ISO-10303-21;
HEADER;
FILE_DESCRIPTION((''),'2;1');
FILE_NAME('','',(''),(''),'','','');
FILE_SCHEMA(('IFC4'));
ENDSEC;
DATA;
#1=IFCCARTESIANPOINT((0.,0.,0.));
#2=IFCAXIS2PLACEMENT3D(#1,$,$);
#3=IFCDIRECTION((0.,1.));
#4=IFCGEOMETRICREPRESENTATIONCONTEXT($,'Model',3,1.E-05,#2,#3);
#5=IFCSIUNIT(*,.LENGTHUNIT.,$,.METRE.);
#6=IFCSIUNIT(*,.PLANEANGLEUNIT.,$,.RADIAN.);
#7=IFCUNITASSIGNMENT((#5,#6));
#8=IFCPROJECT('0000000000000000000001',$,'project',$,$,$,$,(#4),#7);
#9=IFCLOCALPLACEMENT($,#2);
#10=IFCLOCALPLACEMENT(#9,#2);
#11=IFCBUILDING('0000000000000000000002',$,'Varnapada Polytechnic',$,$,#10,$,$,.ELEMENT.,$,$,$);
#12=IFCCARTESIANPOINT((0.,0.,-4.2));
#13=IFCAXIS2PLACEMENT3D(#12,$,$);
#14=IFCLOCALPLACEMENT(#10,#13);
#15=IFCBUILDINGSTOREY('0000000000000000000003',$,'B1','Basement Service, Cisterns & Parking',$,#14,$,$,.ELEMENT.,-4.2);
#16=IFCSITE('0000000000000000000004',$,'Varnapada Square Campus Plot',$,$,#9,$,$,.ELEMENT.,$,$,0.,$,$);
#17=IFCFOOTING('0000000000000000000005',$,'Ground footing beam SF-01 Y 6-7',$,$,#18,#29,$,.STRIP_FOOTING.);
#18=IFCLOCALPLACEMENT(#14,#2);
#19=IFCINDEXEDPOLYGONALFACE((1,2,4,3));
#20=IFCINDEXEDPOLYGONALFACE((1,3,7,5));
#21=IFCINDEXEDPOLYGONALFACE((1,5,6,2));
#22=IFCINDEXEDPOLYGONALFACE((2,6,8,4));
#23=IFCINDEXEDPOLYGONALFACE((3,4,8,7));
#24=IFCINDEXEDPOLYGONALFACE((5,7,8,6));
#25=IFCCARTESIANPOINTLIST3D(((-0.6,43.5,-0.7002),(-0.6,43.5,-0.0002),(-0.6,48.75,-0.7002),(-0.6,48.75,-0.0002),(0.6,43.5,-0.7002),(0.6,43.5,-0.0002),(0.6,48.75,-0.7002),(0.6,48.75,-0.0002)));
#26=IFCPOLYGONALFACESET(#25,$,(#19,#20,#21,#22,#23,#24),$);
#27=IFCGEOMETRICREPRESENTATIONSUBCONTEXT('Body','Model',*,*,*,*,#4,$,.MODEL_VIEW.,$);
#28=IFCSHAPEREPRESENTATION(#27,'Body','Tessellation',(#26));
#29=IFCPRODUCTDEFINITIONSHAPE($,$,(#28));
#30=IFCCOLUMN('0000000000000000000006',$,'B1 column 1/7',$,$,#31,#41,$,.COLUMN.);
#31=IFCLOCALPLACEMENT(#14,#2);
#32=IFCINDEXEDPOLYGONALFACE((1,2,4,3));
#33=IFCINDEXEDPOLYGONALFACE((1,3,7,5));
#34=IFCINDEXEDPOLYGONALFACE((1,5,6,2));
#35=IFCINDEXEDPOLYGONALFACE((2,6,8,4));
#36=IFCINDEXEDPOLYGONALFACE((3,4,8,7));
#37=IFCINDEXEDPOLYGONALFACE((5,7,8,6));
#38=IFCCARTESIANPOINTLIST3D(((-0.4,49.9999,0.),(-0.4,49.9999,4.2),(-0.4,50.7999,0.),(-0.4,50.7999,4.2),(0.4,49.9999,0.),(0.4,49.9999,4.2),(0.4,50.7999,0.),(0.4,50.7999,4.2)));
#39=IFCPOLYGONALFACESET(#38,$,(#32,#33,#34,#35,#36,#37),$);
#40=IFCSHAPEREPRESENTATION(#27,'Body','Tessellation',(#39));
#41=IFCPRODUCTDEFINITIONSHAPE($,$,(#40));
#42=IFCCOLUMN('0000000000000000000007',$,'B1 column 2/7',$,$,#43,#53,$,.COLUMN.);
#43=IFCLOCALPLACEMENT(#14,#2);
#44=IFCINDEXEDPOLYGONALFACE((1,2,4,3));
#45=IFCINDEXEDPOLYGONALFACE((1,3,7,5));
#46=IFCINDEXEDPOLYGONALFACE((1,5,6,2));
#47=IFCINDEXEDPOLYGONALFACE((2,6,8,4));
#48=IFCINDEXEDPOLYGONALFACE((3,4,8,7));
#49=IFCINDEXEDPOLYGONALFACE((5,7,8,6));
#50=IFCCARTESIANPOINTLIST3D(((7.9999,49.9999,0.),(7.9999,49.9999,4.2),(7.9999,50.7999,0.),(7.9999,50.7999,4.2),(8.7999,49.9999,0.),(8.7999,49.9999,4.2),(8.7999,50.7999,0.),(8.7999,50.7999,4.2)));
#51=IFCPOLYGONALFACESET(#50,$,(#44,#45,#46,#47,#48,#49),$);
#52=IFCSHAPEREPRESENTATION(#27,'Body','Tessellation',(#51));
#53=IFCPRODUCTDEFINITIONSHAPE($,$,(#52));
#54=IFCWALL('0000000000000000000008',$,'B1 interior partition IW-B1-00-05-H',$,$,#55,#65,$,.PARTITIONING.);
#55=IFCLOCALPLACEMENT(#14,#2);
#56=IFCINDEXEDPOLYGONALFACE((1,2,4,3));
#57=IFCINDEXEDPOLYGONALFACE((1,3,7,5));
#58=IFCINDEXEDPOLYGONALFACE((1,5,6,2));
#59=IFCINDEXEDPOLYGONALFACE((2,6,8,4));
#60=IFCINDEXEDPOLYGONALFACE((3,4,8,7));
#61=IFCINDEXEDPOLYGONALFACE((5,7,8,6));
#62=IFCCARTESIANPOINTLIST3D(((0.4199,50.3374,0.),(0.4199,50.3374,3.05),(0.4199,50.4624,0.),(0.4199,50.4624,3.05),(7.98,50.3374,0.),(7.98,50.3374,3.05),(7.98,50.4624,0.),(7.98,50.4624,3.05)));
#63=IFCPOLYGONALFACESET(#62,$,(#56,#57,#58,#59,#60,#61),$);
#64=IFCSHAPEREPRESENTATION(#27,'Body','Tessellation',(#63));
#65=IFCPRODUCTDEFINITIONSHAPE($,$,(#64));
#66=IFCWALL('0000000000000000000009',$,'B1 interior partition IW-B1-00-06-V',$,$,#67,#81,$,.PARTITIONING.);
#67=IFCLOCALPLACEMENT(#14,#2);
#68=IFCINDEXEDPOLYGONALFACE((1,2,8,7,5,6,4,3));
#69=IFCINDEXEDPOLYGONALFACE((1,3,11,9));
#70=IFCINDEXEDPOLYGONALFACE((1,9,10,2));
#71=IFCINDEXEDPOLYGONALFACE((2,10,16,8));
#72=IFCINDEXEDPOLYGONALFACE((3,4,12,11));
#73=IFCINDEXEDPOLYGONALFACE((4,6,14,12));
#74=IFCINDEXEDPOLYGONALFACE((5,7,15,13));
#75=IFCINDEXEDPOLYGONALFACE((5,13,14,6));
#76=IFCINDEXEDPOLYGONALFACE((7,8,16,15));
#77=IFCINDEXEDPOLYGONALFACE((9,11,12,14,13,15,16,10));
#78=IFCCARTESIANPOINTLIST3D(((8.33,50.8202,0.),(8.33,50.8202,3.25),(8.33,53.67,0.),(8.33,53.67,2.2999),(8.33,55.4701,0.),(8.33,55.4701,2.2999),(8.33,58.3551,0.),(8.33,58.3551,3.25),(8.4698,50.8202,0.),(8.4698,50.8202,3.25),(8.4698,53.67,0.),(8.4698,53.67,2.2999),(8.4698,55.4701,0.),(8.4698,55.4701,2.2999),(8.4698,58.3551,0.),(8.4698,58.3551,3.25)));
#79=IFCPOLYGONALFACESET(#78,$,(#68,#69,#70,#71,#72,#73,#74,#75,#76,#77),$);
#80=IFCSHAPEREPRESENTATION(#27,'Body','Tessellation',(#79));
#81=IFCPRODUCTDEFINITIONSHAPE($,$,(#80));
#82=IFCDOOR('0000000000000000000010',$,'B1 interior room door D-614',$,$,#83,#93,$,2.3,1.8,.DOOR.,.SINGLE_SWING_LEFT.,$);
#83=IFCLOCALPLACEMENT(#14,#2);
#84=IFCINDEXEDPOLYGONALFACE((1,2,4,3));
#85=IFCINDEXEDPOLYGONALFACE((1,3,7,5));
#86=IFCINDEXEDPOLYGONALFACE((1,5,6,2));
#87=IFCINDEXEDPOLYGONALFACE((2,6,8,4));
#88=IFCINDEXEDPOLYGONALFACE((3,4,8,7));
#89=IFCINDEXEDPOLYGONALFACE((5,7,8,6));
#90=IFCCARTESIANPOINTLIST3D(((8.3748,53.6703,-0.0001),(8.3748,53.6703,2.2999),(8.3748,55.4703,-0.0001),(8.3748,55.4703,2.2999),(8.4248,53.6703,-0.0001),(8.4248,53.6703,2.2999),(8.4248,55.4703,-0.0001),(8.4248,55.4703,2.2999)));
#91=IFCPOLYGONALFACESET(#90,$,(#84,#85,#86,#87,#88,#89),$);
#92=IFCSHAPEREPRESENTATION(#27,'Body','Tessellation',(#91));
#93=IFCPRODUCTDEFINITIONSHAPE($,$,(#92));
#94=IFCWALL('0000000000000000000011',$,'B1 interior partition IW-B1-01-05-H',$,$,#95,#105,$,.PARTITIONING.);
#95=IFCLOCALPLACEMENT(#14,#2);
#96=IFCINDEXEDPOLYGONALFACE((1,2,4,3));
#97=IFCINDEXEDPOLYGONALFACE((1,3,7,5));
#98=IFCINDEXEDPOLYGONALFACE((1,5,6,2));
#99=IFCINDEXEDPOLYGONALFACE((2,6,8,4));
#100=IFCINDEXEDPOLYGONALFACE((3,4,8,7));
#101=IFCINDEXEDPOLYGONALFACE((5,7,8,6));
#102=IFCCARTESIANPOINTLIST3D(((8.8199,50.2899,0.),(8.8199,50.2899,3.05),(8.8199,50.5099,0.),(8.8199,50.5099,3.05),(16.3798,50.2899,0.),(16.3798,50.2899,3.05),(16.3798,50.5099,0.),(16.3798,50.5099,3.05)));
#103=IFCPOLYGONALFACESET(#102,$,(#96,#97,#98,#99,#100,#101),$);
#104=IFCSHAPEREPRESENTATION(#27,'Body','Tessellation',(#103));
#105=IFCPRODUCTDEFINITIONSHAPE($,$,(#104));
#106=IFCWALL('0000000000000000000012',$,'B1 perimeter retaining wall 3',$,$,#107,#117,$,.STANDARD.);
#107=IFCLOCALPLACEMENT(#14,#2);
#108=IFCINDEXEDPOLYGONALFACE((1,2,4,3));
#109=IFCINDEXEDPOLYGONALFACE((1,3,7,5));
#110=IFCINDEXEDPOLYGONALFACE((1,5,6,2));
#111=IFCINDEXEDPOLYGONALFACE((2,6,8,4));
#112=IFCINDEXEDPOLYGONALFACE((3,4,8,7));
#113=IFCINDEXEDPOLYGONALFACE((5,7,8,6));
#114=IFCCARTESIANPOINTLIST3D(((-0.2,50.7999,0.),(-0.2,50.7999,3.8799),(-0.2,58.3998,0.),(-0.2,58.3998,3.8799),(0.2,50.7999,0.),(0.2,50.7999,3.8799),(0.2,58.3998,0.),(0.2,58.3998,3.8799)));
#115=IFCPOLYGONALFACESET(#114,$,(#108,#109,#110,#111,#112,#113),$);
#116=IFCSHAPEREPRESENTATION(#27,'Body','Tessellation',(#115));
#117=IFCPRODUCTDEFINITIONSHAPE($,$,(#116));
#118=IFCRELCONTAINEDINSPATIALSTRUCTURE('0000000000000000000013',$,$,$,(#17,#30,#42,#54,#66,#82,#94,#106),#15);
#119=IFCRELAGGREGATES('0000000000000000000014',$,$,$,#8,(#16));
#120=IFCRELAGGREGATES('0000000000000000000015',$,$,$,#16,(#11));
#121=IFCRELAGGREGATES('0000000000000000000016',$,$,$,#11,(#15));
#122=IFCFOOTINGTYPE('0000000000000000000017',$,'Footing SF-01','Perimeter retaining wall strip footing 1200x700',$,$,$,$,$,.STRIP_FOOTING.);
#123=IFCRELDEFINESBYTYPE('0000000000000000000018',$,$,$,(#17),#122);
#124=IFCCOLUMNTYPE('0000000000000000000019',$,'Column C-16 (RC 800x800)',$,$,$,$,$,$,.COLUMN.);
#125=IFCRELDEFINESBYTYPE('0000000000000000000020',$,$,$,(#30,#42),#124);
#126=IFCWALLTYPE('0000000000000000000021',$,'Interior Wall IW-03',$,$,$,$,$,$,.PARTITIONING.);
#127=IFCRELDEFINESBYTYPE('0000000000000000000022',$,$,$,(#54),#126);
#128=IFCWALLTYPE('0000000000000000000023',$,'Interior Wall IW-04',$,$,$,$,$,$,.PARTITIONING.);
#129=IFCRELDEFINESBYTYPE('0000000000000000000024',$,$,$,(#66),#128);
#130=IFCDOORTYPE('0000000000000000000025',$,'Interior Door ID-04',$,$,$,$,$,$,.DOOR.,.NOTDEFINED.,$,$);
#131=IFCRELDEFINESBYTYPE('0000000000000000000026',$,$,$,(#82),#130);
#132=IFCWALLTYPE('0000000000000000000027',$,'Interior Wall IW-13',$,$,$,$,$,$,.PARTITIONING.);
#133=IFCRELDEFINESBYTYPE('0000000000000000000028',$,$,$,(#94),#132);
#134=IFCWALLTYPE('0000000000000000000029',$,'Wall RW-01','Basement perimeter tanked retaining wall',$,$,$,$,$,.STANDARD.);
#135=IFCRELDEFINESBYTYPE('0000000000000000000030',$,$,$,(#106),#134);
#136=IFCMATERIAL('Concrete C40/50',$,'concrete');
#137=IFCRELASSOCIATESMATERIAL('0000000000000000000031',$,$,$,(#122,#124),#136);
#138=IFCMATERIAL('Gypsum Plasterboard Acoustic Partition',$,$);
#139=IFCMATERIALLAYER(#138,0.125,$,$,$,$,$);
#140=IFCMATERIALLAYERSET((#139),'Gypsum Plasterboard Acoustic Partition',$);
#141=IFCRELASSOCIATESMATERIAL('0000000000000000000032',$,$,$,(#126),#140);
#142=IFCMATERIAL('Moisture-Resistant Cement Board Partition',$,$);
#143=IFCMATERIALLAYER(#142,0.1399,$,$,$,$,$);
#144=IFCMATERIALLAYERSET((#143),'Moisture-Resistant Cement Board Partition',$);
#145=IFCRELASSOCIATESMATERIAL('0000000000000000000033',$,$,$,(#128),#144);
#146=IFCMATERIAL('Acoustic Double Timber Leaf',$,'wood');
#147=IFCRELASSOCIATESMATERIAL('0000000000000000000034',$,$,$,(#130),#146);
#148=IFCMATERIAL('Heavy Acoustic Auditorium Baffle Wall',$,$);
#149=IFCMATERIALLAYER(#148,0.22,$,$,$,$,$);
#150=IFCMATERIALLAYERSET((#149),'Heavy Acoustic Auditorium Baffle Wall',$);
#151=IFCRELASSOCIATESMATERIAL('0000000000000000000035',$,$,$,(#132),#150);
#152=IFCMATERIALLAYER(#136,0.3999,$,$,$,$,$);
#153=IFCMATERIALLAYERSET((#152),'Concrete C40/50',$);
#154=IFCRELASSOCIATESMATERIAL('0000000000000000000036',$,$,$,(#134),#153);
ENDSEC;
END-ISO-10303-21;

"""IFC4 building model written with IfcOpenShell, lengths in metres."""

from ifc_helpers import new_model, si_unit, direction, frame, frame_2d, origin, origin_2d, place, context, subcontext, project, spatial, rectangle, extrude, material, layer, layer_set, material_profile, profile_set, type_object, element, fill, save


model = new_model("IFC4")

# Units and contexts
model_context = context("Model", 3, precision=1e-05, world=origin(), true_north=direction((0.0, 1.0)))
body_context = subcontext(model_context, "Body", "Model", "MODEL_VIEW")
ifc_project = project(units=[si_unit("LENGTHUNIT", "METRE"), si_unit("PLANEANGLEUNIT", "RADIAN")], contexts=[model_context])

# Site, building, storey
site_placement = place(None, origin())
site = spatial("IfcSite", under=ifc_project, at=site_placement, Name="Varnapada Square Campus Plot", CompositionType="ELEMENT", RefElevation=0.0)
building_placement = place(site_placement, origin())
building = spatial("IfcBuilding", under=site, at=building_placement, Name="Varnapada Polytechnic", CompositionType="ELEMENT")
storey_placement = place(building_placement, frame((0.0, 0.0, -4.2)))
storey = spatial("IfcBuildingStorey", under=building, at=storey_placement, Name="B1", Description="Basement Service, Cisterns & Parking", CompositionType="ELEMENT", Elevation=-4.2)

# Shared definitions
ifc_material_1 = material(Name="Concrete C40/50", Category="concrete")

# Footing
footing_type_1 = type_object("IfcFootingType", Name="Footing SF-01", Description="Perimeter retaining wall strip footing 1200x700", PredefinedType="STRIP_FOOTING", material=ifc_material_1)
footing_1_placement = place(storey_placement, frame((0.0, 46.125, -0.7002), z_axis=(0.0, 0.0, 1.0), x_axis=(0.0, 1.0, 0.0)))
element("IfcFooting", 1, at=footing_1_placement, inside=storey, type_object=footing_type_1, Name="Ground footing beam SF-01 Y 6-7", PredefinedType="STRIP_FOOTING", context=body_context, shape_type="SweptSolid", body=[
    extrude(rectangle(XDim=5.25, YDim=1.2, at=origin_2d()), origin(), (0.0, 0.0, 1.0), 0.7),
])

# Columns
ifc_material_profile_1 = material_profile(ifc_material_1, rectangle(XDim=0.8, YDim=0.8, at=origin_2d()), Name="RC 800x800")
ifc_profile_set_1 = profile_set([ifc_material_profile_1], Name="Concrete C40/50")
column_type = type_object("IfcColumnType", Name="Column C-16 (RC 800x800)", PredefinedType="COLUMN", material=ifc_profile_set_1)
for number, where, z_axis, x_axis, name in (
    (2, (0.0, 50.3999, 0.0), (0.0, 0.0, 1.0), (1.0, 0.0, 0.0), "B1 column 1/7"),
    (3, (8.3999, 50.3999, 0.0), (0.0, 0.0, 1.0), (1.0, 0.0, 0.0), "B1 column 2/7"),
):
    element("IfcColumn", number, at=place(storey_placement, frame(where, z_axis=z_axis, x_axis=x_axis)), inside=storey, type_object=column_type, Name=name, PredefinedType="COLUMN", context=body_context, shape_type="SweptSolid", body=[
        extrude(rectangle(XDim=0.8, YDim=0.8, at=origin_2d()), origin(), (0.0, 0.0, 1.0), 4.2),
    ])

# Wall
ifc_material_2 = material(Name="Gypsum Plasterboard Acoustic Partition")
ifc_layer_1 = layer(ifc_material_2, 0.125)
ifc_layer_set_1 = layer_set([ifc_layer_1], Name="Gypsum Plasterboard Acoustic Partition")
wall_type_1 = type_object("IfcWallType", Name="Interior Wall IW-03", PredefinedType="PARTITIONING", material=ifc_layer_set_1)
wall_1_placement = place(storey_placement, frame((0.4199, 50.3999, 0.0), z_axis=(0.0, 0.0, 1.0), x_axis=(1.0, 0.0, 0.0)))
element("IfcWall", 4, at=wall_1_placement, inside=storey, type_object=wall_type_1, Name="B1 interior partition IW-B1-00-05-H", PredefinedType="PARTITIONING", context=body_context, shape_type="SweptSolid", body=[
    extrude(rectangle(XDim=7.5601, YDim=0.125, at=frame_2d((3.78, 0.0))), origin(), (0.0, 0.0, 1.0), 3.05),
])

# Wall, opening, door
ifc_material_3 = material(Name="Moisture-Resistant Cement Board Partition")
ifc_layer_2 = layer(ifc_material_3, 0.1399)
ifc_layer_set_2 = layer_set([ifc_layer_2], Name="Moisture-Resistant Cement Board Partition")
wall_type_2 = type_object("IfcWallType", Name="Interior Wall IW-04", PredefinedType="PARTITIONING", material=ifc_layer_set_2)
wall_2_placement = place(storey_placement, frame((8.3999, 50.8201, 0.0), z_axis=(0.0, 0.0, 1.0), x_axis=(0.0, 1.0, 0.0)))
wall_2 = element("IfcWall", 5, at=wall_2_placement, inside=storey, type_object=wall_type_2, Name="B1 interior partition IW-B1-00-06-V", PredefinedType="PARTITIONING", context=body_context, shape_type="SweptSolid", body=[
    extrude(rectangle(XDim=7.5349, YDim=0.1399, at=frame_2d((3.7676, 0.0))), origin(), (0.0, 0.0, 1.0), 3.25),
])
opening_placement = place(wall_2_placement, frame((2.8501, 0.0, 0.0)))
opening = element("IfcOpeningElement", 6, at=opening_placement, cuts=wall_2, PredefinedType="OPENING", context=body_context, shape_type="SweptSolid", body=[
    extrude(rectangle(XDim=1.8, YDim=2.3, at=frame_2d((0.8999, 1.1499))), frame((0.0, 0.0798, 0.0), z_axis=(0.0, -1.0, 0.0), x_axis=(1.0, 0.0, 0.0)), (0.0, 0.0, 1.0), 0.1599),
])
ifc_material_4 = material(Name="Acoustic Double Timber Leaf", Category="wood")
door_type = type_object("IfcDoorType", Name="Interior Door ID-04", OperationType="NOTDEFINED", PredefinedType="DOOR", material=ifc_material_4)
door_placement = place(opening_placement, frame((1.8, 0.0, 0.0), z_axis=(0.0, 0.0, 1.0), x_axis=(-1.0, 0.0, 0.0)))
door = element("IfcDoor", 7, at=door_placement, inside=storey, type_object=door_type, Name="B1 interior room door D-614", OperationType="SINGLE_SWING_LEFT", OverallHeight=2.3, OverallWidth=1.8, PredefinedType="DOOR", context=body_context, shape_type="SweptSolid", body=[
    extrude(rectangle(XDim=1.8, YDim=2.3, at=frame_2d((0.8999, 1.1499))), frame((0.0, 0.0249, 0.0), z_axis=(0.0, -1.0, 0.0), x_axis=(1.0, 0.0, 0.0)), (0.0, 0.0, 1.0), 0.05),
])
fill(opening, door)

# Walls
ifc_material_5 = material(Name="Heavy Acoustic Auditorium Baffle Wall")
ifc_layer_3 = layer(ifc_material_5, 0.22)
ifc_layer_set_3 = layer_set([ifc_layer_3], Name="Heavy Acoustic Auditorium Baffle Wall")
wall_type_3 = type_object("IfcWallType", Name="Interior Wall IW-13", PredefinedType="PARTITIONING", material=ifc_layer_set_3)
wall_3_placement = place(storey_placement, frame((8.8201, 50.3999, 0.0), z_axis=(0.0, 0.0, 1.0), x_axis=(1.0, 0.0, 0.0)))
element("IfcWall", 8, at=wall_3_placement, inside=storey, type_object=wall_type_3, Name="B1 interior partition IW-B1-01-05-H", PredefinedType="PARTITIONING", context=body_context, shape_type="SweptSolid", body=[
    extrude(rectangle(XDim=7.5598, YDim=0.22, at=frame_2d((3.7798, 0.0))), origin(), (0.0, 0.0, 1.0), 3.05),
])
ifc_layer_4 = layer(ifc_material_1, 0.3999)
ifc_layer_set_4 = layer_set([ifc_layer_4], Name="Concrete C40/50")
wall_type_4 = type_object("IfcWallType", Name="Wall RW-01", Description="Basement perimeter tanked retaining wall", PredefinedType="STANDARD", material=ifc_layer_set_4)
wall_4_placement = place(storey_placement, frame((0.0, 50.8, 0.0), z_axis=(0.0, 0.0, 1.0), x_axis=(0.0, 1.0, 0.0)))
element("IfcWall", 9, at=wall_4_placement, inside=storey, type_object=wall_type_4, Name="B1 perimeter retaining wall 3", PredefinedType="STANDARD", context=body_context, shape_type="SweptSolid", body=[
    extrude(rectangle(XDim=7.5999, YDim=0.3999, at=frame_2d((3.7998, 0.0))), origin(), (0.0, 0.0, 1.0), 3.8799),
])

save(model, "model.ifc")
